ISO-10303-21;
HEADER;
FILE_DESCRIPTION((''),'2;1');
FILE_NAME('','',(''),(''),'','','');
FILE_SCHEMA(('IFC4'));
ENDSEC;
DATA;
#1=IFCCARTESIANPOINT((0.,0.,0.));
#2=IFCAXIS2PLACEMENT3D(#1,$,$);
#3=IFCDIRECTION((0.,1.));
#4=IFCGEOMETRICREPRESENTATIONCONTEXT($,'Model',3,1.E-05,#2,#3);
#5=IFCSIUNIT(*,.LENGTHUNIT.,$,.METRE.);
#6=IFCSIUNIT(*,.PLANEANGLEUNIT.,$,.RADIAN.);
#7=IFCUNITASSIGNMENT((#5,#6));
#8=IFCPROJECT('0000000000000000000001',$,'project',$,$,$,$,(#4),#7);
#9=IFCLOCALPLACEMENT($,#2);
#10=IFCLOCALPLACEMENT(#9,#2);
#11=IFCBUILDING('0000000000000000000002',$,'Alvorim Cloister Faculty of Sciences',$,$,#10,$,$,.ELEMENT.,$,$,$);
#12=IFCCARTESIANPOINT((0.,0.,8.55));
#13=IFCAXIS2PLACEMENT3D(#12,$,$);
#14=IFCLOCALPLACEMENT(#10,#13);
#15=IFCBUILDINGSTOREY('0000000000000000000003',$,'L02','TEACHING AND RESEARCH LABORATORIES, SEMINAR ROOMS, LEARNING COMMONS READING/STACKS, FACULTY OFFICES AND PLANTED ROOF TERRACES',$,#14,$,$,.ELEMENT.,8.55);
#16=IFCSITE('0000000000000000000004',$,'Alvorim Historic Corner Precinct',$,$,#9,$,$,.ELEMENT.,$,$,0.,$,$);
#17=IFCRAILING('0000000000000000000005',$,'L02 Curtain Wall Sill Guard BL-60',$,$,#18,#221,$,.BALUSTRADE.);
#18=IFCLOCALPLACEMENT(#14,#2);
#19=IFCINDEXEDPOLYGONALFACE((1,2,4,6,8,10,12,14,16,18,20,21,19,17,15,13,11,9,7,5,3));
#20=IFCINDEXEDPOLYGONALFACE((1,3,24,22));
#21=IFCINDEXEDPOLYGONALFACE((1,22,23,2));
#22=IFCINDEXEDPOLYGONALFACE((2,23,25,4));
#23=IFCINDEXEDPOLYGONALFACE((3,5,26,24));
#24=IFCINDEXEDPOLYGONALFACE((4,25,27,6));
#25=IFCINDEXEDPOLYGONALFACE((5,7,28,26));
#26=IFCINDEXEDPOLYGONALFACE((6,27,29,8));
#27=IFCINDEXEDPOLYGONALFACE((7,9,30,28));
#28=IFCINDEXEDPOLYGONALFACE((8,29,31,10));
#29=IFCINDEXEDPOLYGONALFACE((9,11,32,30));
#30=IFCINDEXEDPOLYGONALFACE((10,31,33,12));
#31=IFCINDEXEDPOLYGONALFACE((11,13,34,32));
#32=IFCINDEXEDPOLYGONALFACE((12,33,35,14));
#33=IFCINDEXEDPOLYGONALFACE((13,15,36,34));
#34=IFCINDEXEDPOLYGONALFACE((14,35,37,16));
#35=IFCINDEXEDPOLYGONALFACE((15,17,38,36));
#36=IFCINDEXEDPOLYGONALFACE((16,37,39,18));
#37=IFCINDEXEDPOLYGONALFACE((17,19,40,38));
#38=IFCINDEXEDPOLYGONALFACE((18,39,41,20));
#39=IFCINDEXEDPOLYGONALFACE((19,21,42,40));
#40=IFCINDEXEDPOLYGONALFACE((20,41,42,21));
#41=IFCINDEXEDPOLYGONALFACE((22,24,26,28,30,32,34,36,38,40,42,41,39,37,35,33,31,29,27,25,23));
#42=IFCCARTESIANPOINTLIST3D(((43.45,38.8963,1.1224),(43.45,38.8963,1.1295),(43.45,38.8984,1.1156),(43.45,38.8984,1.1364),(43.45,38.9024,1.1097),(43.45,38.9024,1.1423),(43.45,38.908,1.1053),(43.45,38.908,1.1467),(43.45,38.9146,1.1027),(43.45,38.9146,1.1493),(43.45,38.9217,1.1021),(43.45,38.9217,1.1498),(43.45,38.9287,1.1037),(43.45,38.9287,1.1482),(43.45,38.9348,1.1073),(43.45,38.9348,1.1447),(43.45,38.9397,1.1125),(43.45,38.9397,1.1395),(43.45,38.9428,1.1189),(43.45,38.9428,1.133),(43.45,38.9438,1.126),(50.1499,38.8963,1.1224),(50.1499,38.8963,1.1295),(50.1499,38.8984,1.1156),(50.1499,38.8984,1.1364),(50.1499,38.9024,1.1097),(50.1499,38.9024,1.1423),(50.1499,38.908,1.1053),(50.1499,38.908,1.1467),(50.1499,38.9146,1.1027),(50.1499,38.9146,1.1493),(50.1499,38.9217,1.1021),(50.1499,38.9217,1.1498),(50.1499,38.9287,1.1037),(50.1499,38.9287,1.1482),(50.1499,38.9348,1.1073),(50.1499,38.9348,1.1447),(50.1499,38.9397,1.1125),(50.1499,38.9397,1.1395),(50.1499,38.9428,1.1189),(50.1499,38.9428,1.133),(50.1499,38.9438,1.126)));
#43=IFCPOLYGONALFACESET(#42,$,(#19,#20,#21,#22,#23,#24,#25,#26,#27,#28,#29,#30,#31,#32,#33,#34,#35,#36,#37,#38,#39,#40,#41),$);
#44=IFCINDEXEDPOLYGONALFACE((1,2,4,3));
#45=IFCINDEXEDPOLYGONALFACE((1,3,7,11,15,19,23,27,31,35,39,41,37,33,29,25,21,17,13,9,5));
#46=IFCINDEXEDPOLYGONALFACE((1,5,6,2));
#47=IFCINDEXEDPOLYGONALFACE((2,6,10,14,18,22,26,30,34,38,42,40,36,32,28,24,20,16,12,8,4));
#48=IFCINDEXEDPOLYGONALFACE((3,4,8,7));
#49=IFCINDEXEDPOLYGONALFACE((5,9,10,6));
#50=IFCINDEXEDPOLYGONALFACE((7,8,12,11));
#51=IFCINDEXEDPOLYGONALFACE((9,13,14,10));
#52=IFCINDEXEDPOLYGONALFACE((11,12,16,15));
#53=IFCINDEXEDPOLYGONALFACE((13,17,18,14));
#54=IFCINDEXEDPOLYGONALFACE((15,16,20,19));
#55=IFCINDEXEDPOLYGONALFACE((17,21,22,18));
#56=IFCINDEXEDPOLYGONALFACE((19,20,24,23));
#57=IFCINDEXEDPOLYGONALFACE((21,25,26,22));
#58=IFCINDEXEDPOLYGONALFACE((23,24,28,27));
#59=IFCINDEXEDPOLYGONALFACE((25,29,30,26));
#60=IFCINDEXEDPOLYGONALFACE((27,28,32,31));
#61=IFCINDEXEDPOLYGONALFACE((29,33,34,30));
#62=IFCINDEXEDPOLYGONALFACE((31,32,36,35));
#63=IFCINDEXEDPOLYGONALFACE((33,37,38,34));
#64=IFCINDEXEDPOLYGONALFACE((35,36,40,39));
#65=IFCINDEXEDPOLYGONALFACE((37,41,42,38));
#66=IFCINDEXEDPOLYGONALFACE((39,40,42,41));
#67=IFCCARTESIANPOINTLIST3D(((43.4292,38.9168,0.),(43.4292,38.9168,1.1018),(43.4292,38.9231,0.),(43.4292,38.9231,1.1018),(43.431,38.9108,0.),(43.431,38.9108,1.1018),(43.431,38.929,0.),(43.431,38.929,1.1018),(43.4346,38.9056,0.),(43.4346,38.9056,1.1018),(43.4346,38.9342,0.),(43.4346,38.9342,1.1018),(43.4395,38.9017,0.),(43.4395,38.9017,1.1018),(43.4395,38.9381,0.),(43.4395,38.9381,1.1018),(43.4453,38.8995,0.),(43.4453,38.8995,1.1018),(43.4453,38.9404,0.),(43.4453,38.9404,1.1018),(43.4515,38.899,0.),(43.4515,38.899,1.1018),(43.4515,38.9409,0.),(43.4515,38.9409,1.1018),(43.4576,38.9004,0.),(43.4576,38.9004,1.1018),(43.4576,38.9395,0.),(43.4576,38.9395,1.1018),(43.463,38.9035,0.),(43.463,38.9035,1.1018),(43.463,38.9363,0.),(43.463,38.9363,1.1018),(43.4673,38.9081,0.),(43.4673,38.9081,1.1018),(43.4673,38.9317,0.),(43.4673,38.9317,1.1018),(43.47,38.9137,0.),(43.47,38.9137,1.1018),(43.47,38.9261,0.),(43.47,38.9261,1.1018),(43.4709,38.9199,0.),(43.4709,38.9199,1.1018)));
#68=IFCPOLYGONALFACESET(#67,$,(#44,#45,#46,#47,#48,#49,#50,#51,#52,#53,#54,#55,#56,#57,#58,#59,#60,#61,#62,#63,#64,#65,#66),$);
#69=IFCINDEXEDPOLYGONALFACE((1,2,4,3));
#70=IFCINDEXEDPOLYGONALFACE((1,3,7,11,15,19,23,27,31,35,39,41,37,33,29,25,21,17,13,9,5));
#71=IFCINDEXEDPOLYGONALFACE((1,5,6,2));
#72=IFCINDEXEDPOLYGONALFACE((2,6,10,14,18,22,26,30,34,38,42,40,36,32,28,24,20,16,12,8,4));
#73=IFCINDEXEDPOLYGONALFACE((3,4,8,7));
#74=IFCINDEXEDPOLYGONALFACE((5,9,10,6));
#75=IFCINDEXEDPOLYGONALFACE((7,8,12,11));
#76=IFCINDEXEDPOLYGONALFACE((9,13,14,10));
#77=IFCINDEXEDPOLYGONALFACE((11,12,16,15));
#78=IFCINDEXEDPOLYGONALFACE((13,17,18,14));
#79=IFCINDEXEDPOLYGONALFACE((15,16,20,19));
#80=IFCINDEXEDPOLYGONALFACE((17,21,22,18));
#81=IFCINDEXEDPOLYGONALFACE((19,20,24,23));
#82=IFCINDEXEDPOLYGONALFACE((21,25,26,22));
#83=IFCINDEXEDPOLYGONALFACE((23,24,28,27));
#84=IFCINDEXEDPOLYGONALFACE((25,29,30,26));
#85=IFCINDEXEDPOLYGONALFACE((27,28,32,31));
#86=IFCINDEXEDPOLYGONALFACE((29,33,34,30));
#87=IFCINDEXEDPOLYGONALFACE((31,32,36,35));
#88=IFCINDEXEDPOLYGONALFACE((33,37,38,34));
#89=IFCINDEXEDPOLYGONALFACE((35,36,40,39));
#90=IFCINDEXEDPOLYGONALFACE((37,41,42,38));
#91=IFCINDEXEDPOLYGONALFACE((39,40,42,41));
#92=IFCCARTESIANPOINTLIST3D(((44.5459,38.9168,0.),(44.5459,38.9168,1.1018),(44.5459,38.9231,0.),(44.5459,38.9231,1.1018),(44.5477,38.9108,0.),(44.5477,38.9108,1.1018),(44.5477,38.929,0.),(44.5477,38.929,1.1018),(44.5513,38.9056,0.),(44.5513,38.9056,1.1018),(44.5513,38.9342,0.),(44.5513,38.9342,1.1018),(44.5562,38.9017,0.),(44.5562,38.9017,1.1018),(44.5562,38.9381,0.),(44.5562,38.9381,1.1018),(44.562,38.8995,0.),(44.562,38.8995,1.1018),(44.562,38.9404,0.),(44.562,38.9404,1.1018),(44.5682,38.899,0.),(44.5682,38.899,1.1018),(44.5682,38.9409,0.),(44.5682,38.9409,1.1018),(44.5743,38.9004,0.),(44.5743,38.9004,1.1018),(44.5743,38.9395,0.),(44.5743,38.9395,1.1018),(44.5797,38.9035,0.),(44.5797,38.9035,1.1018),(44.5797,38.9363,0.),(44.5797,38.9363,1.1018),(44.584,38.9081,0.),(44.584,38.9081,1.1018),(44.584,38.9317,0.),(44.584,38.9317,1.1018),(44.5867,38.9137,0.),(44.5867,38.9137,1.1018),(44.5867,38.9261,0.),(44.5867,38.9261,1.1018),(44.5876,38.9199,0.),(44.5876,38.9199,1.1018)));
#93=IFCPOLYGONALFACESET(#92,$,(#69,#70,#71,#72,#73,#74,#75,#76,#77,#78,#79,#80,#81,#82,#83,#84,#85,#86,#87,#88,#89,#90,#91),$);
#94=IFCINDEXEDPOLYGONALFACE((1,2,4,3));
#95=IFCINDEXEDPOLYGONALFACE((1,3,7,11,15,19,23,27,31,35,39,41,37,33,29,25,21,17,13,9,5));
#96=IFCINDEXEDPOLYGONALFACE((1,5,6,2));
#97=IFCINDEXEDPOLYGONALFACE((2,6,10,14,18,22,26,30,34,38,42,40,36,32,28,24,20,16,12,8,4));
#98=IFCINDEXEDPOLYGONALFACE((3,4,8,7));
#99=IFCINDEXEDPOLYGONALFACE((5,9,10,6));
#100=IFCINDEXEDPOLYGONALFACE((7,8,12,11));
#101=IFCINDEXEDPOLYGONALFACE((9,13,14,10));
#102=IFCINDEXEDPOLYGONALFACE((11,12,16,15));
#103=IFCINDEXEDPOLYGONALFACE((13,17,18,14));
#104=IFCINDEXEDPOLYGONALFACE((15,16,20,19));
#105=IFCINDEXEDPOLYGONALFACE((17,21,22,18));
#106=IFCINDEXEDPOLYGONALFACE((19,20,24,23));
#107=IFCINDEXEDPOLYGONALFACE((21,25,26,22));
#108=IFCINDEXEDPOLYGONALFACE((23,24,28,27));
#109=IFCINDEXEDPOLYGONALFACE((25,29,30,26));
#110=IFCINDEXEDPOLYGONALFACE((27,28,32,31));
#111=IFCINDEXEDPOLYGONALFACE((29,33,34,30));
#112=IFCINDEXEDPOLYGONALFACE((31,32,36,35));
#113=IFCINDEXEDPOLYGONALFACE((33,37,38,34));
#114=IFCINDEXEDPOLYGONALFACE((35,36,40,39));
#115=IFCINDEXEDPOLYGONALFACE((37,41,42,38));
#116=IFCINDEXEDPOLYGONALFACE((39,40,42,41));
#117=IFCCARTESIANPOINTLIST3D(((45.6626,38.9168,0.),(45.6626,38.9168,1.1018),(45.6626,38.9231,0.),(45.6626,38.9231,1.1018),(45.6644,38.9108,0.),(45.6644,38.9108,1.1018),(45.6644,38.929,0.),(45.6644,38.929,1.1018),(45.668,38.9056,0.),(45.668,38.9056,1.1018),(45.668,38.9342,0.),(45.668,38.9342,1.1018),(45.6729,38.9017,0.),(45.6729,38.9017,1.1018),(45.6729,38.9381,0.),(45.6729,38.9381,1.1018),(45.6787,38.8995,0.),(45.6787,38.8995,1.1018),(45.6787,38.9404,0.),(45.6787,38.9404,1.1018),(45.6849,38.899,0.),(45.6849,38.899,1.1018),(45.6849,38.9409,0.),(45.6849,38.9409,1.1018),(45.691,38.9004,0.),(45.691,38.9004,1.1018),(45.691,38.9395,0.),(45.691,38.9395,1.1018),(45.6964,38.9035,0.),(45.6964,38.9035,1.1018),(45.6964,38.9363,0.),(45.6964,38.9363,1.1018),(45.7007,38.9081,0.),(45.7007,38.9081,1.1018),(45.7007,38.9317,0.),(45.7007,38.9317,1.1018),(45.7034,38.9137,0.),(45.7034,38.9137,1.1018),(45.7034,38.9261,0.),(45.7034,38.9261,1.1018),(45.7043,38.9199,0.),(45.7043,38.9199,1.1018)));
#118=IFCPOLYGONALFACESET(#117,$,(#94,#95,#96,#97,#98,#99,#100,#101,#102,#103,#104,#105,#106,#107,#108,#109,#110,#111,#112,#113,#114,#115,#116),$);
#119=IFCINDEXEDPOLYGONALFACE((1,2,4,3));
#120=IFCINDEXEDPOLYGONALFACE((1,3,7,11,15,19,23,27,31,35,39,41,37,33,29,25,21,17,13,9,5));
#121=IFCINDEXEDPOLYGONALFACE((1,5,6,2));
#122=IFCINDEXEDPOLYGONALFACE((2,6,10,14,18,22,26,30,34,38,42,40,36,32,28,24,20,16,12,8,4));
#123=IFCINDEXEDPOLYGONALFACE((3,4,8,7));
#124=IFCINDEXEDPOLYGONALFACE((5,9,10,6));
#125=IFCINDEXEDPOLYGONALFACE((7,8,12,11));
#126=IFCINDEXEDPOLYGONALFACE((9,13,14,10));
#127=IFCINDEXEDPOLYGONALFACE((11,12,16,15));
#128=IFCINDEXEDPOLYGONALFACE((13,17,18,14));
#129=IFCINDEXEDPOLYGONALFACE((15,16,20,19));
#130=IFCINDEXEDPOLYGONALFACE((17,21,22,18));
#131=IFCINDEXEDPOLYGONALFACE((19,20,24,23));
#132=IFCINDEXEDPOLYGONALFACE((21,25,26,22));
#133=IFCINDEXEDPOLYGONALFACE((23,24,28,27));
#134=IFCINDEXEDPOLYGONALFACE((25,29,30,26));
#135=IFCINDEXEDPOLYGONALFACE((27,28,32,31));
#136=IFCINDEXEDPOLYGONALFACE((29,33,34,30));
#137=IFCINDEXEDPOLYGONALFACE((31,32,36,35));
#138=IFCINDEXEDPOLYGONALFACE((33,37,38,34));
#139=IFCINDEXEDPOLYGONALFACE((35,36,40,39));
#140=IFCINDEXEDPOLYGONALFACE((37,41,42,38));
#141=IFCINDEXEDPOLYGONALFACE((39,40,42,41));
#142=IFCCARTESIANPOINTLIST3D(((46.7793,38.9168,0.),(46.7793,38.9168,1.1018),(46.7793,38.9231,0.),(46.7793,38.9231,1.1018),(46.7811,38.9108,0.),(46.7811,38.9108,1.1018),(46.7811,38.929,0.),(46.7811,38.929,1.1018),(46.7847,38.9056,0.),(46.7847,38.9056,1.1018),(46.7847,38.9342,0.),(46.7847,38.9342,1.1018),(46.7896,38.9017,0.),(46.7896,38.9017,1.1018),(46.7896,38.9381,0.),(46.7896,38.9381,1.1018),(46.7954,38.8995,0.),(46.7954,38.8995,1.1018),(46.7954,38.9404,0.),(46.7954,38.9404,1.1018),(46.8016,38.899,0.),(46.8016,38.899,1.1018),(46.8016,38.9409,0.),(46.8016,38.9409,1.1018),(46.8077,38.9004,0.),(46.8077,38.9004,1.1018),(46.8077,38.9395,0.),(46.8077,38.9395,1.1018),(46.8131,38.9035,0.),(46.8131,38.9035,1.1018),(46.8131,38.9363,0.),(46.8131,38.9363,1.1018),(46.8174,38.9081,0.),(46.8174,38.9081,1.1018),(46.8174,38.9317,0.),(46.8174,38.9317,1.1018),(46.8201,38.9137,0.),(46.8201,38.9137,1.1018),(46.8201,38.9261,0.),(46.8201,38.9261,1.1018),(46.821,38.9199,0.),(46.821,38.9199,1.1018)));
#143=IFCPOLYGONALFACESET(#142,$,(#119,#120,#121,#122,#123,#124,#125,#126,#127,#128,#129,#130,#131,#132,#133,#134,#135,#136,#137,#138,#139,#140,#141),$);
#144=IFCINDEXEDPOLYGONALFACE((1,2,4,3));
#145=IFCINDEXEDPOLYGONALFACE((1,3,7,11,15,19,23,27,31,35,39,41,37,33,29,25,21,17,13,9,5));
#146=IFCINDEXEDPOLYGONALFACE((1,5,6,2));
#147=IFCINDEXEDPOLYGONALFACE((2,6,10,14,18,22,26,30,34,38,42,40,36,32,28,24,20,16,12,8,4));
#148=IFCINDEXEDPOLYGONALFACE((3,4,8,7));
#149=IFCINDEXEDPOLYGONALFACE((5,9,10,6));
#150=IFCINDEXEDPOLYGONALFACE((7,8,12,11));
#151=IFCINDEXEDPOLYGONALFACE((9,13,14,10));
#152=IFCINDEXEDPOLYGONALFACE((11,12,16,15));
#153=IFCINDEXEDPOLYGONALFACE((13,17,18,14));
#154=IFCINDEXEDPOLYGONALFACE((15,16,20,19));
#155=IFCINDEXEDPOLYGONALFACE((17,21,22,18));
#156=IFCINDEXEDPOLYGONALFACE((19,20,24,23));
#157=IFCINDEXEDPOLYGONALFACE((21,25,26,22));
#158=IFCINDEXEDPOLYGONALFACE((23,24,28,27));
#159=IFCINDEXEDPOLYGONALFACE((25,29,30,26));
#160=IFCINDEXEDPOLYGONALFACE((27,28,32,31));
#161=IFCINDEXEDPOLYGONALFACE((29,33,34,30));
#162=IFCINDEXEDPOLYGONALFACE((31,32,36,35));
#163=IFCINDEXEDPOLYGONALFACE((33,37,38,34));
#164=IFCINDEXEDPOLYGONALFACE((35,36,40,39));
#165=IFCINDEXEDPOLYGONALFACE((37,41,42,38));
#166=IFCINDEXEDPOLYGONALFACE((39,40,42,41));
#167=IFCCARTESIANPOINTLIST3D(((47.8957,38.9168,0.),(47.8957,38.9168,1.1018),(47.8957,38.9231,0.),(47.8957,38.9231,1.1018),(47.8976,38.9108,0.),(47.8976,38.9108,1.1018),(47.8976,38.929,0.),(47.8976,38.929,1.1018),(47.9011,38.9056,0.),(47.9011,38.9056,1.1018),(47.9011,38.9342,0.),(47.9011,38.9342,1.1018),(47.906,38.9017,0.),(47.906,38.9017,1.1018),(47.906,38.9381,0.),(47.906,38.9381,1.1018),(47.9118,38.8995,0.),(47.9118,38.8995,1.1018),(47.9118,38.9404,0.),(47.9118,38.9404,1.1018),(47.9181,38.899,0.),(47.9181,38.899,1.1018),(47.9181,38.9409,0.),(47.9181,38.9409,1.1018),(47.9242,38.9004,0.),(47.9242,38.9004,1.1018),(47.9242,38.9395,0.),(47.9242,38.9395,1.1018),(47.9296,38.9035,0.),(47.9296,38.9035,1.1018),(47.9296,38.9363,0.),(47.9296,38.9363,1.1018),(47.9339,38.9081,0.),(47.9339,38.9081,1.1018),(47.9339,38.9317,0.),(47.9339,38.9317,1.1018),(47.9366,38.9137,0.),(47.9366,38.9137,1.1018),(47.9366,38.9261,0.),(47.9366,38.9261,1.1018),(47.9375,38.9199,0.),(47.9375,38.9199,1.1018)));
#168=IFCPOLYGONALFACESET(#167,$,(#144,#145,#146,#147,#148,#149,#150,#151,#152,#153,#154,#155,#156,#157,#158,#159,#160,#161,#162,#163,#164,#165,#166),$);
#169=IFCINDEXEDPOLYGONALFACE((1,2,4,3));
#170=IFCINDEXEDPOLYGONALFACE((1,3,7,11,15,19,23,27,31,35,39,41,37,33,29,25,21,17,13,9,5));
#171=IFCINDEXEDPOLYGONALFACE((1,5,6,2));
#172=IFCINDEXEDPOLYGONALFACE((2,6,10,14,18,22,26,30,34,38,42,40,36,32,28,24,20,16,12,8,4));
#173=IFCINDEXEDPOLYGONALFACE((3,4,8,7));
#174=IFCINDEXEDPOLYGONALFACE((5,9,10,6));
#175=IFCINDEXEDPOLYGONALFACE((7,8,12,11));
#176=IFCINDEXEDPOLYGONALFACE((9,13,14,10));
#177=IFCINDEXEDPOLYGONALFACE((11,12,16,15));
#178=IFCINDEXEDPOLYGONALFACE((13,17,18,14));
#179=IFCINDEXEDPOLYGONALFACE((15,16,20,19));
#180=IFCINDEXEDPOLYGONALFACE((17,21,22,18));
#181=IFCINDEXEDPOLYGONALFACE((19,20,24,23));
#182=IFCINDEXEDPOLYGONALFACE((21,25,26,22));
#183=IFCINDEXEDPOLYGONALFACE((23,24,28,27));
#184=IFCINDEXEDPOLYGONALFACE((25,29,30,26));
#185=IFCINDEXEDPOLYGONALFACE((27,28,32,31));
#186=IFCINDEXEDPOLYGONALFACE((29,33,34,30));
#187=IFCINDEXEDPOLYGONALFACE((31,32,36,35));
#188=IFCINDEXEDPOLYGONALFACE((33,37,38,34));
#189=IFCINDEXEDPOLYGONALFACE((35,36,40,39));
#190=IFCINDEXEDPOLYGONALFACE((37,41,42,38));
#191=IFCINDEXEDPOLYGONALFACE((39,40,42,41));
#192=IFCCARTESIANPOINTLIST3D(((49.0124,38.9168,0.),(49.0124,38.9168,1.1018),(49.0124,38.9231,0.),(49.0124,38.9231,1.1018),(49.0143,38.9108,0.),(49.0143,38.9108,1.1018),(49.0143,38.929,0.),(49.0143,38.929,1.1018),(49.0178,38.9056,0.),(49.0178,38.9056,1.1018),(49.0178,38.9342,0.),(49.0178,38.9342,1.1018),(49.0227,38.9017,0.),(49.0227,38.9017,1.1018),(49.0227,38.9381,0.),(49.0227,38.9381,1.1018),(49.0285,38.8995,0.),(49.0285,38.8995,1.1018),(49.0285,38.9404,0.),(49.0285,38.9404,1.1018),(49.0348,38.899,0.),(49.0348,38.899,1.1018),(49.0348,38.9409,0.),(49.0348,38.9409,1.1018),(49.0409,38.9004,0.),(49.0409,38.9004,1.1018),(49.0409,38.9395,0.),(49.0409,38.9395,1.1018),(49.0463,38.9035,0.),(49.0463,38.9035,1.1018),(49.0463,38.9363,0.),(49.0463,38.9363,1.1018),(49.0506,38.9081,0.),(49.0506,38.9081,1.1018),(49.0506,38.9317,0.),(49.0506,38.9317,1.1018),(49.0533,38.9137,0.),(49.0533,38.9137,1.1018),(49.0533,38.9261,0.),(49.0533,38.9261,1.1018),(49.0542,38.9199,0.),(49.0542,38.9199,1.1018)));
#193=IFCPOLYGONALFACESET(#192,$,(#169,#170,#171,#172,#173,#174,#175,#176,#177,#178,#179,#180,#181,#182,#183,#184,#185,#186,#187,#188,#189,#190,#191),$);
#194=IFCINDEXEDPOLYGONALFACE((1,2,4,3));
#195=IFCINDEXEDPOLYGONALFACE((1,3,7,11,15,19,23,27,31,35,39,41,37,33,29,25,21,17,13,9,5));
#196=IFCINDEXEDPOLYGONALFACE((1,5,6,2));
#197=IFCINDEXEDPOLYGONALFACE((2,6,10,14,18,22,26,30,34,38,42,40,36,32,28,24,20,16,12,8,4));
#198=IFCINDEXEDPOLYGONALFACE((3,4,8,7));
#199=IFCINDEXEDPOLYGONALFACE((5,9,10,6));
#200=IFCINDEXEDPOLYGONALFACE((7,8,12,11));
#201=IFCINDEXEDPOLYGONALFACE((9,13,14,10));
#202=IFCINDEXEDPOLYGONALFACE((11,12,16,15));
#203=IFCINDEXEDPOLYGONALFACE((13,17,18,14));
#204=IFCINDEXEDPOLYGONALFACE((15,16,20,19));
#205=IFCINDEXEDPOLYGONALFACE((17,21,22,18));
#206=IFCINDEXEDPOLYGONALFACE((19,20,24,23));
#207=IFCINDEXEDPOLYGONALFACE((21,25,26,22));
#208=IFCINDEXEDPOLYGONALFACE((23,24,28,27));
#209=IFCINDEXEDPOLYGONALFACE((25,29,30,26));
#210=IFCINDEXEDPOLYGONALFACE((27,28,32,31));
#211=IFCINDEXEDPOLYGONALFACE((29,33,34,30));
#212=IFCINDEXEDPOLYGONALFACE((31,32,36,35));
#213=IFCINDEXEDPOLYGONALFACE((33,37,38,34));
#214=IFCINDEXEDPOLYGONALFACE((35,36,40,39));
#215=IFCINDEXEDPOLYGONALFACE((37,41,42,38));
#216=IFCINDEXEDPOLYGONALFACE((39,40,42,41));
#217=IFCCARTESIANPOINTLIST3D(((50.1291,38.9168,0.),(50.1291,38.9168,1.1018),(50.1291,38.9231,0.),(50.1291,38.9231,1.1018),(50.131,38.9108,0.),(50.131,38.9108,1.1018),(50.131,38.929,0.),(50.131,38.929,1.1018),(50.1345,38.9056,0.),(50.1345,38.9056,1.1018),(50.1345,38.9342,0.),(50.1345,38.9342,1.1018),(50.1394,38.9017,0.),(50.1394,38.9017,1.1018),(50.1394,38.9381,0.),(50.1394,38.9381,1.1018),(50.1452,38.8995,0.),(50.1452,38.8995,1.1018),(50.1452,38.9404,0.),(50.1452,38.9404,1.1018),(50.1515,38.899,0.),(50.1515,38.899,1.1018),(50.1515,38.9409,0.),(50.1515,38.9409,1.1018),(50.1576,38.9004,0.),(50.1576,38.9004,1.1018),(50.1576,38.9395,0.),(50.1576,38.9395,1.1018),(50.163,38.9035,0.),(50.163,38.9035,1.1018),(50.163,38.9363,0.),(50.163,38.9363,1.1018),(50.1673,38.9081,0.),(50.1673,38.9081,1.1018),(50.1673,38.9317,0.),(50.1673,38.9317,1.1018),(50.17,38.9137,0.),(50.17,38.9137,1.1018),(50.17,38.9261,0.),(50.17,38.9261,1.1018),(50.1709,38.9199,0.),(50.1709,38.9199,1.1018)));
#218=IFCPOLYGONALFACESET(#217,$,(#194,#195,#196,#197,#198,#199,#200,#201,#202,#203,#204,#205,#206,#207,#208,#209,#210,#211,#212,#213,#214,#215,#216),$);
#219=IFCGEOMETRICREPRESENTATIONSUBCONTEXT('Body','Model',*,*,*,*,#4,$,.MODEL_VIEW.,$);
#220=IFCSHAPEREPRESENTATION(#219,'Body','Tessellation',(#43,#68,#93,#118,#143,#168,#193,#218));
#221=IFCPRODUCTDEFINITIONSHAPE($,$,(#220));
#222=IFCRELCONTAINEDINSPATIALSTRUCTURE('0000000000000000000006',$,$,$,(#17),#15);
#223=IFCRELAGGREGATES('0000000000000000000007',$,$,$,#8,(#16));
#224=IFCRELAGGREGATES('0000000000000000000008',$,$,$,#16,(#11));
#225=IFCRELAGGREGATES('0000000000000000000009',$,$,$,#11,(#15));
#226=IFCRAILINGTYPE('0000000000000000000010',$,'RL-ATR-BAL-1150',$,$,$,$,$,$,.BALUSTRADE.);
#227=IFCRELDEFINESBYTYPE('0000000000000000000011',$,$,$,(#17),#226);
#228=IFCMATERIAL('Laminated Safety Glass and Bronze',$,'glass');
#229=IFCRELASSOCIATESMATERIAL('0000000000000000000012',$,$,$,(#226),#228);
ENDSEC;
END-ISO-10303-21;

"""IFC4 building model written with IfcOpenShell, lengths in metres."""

from ifc_helpers import new_model, si_unit, direction, frame, origin, origin_2d, place, context, subcontext, project, spatial, circle, extrude, material, type_object, element, save


model = new_model("IFC4")

# Units and contexts
model_context = context("Model", 3, precision=1e-05, world=origin(), true_north=direction((0.0, 1.0)))
body_context = subcontext(model_context, "Body", "Model", "MODEL_VIEW")
ifc_project = project(units=[si_unit("LENGTHUNIT", "METRE"), si_unit("PLANEANGLEUNIT", "RADIAN")], contexts=[model_context])

# Site, building, storey
site_placement = place(None, origin())
site = spatial("IfcSite", under=ifc_project, at=site_placement, Name="Alvorim Historic Corner Precinct", CompositionType="ELEMENT", RefElevation=0.0)
building_placement = place(site_placement, origin())
building = spatial("IfcBuilding", under=site, at=building_placement, Name="Alvorim Cloister Faculty of Sciences", CompositionType="ELEMENT")
storey_placement = place(building_placement, frame((0.0, 0.0, 8.55)))
storey = spatial("IfcBuildingStorey", under=building, at=storey_placement, Name="L02", Description="TEACHING AND RESEARCH LABORATORIES, SEMINAR ROOMS, LEARNING COMMONS READING/STACKS, FACULTY OFFICES AND PLANTED ROOF TERRACES", CompositionType="ELEMENT", Elevation=8.55)

# Railing
ifc_material_1 = material(Name="Laminated Safety Glass and Bronze", Category="glass")
railing_type = type_object("IfcRailingType", Name="RL-ATR-BAL-1150", PredefinedType="BALUSTRADE", material=ifc_material_1)
railing_1_placement = place(storey_placement, frame((43.45, 38.9199, 0.0)))
element("IfcRailing", 1, at=railing_1_placement, inside=storey, type_object=railing_type, Name="L02 Curtain Wall Sill Guard BL-60", PredefinedType="BALUSTRADE", context=body_context, shape_type="SweptSolid", body=[
    extrude(circle(Radius=0.0239, at=origin_2d()), frame((0.0, 0.0, 1.126), z_axis=(1.0, 0.0, 0.0), x_axis=(0.0, 1.0, 0.0)), (0.0, 0.0, 1.0), 6.7),
    extrude(circle(Radius=0.021, at=origin_2d()), origin(), (0.0, 0.0, 1.0), 1.1018),
    extrude(circle(Radius=0.021, at=origin_2d()), frame((1.1167, 0.0, 0.0)), (0.0, 0.0, 1.0), 1.1018),
    extrude(circle(Radius=0.021, at=origin_2d()), frame((2.2334, 0.0, 0.0)), (0.0, 0.0, 1.0), 1.1018),
    extrude(circle(Radius=0.021, at=origin_2d()), frame((3.3501, 0.0, 0.0)), (0.0, 0.0, 1.0), 1.1018),
    extrude(circle(Radius=0.021, at=origin_2d()), frame((4.4666, 0.0, 0.0)), (0.0, 0.0, 1.0), 1.1018),
    extrude(circle(Radius=0.021, at=origin_2d()), frame((5.5833, 0.0, 0.0)), (0.0, 0.0, 1.0), 1.1018),
    extrude(circle(Radius=0.021, at=origin_2d()), frame((6.7, 0.0, 0.0)), (0.0, 0.0, 1.0), 1.1018),
])

save(model, "model.ifc")
